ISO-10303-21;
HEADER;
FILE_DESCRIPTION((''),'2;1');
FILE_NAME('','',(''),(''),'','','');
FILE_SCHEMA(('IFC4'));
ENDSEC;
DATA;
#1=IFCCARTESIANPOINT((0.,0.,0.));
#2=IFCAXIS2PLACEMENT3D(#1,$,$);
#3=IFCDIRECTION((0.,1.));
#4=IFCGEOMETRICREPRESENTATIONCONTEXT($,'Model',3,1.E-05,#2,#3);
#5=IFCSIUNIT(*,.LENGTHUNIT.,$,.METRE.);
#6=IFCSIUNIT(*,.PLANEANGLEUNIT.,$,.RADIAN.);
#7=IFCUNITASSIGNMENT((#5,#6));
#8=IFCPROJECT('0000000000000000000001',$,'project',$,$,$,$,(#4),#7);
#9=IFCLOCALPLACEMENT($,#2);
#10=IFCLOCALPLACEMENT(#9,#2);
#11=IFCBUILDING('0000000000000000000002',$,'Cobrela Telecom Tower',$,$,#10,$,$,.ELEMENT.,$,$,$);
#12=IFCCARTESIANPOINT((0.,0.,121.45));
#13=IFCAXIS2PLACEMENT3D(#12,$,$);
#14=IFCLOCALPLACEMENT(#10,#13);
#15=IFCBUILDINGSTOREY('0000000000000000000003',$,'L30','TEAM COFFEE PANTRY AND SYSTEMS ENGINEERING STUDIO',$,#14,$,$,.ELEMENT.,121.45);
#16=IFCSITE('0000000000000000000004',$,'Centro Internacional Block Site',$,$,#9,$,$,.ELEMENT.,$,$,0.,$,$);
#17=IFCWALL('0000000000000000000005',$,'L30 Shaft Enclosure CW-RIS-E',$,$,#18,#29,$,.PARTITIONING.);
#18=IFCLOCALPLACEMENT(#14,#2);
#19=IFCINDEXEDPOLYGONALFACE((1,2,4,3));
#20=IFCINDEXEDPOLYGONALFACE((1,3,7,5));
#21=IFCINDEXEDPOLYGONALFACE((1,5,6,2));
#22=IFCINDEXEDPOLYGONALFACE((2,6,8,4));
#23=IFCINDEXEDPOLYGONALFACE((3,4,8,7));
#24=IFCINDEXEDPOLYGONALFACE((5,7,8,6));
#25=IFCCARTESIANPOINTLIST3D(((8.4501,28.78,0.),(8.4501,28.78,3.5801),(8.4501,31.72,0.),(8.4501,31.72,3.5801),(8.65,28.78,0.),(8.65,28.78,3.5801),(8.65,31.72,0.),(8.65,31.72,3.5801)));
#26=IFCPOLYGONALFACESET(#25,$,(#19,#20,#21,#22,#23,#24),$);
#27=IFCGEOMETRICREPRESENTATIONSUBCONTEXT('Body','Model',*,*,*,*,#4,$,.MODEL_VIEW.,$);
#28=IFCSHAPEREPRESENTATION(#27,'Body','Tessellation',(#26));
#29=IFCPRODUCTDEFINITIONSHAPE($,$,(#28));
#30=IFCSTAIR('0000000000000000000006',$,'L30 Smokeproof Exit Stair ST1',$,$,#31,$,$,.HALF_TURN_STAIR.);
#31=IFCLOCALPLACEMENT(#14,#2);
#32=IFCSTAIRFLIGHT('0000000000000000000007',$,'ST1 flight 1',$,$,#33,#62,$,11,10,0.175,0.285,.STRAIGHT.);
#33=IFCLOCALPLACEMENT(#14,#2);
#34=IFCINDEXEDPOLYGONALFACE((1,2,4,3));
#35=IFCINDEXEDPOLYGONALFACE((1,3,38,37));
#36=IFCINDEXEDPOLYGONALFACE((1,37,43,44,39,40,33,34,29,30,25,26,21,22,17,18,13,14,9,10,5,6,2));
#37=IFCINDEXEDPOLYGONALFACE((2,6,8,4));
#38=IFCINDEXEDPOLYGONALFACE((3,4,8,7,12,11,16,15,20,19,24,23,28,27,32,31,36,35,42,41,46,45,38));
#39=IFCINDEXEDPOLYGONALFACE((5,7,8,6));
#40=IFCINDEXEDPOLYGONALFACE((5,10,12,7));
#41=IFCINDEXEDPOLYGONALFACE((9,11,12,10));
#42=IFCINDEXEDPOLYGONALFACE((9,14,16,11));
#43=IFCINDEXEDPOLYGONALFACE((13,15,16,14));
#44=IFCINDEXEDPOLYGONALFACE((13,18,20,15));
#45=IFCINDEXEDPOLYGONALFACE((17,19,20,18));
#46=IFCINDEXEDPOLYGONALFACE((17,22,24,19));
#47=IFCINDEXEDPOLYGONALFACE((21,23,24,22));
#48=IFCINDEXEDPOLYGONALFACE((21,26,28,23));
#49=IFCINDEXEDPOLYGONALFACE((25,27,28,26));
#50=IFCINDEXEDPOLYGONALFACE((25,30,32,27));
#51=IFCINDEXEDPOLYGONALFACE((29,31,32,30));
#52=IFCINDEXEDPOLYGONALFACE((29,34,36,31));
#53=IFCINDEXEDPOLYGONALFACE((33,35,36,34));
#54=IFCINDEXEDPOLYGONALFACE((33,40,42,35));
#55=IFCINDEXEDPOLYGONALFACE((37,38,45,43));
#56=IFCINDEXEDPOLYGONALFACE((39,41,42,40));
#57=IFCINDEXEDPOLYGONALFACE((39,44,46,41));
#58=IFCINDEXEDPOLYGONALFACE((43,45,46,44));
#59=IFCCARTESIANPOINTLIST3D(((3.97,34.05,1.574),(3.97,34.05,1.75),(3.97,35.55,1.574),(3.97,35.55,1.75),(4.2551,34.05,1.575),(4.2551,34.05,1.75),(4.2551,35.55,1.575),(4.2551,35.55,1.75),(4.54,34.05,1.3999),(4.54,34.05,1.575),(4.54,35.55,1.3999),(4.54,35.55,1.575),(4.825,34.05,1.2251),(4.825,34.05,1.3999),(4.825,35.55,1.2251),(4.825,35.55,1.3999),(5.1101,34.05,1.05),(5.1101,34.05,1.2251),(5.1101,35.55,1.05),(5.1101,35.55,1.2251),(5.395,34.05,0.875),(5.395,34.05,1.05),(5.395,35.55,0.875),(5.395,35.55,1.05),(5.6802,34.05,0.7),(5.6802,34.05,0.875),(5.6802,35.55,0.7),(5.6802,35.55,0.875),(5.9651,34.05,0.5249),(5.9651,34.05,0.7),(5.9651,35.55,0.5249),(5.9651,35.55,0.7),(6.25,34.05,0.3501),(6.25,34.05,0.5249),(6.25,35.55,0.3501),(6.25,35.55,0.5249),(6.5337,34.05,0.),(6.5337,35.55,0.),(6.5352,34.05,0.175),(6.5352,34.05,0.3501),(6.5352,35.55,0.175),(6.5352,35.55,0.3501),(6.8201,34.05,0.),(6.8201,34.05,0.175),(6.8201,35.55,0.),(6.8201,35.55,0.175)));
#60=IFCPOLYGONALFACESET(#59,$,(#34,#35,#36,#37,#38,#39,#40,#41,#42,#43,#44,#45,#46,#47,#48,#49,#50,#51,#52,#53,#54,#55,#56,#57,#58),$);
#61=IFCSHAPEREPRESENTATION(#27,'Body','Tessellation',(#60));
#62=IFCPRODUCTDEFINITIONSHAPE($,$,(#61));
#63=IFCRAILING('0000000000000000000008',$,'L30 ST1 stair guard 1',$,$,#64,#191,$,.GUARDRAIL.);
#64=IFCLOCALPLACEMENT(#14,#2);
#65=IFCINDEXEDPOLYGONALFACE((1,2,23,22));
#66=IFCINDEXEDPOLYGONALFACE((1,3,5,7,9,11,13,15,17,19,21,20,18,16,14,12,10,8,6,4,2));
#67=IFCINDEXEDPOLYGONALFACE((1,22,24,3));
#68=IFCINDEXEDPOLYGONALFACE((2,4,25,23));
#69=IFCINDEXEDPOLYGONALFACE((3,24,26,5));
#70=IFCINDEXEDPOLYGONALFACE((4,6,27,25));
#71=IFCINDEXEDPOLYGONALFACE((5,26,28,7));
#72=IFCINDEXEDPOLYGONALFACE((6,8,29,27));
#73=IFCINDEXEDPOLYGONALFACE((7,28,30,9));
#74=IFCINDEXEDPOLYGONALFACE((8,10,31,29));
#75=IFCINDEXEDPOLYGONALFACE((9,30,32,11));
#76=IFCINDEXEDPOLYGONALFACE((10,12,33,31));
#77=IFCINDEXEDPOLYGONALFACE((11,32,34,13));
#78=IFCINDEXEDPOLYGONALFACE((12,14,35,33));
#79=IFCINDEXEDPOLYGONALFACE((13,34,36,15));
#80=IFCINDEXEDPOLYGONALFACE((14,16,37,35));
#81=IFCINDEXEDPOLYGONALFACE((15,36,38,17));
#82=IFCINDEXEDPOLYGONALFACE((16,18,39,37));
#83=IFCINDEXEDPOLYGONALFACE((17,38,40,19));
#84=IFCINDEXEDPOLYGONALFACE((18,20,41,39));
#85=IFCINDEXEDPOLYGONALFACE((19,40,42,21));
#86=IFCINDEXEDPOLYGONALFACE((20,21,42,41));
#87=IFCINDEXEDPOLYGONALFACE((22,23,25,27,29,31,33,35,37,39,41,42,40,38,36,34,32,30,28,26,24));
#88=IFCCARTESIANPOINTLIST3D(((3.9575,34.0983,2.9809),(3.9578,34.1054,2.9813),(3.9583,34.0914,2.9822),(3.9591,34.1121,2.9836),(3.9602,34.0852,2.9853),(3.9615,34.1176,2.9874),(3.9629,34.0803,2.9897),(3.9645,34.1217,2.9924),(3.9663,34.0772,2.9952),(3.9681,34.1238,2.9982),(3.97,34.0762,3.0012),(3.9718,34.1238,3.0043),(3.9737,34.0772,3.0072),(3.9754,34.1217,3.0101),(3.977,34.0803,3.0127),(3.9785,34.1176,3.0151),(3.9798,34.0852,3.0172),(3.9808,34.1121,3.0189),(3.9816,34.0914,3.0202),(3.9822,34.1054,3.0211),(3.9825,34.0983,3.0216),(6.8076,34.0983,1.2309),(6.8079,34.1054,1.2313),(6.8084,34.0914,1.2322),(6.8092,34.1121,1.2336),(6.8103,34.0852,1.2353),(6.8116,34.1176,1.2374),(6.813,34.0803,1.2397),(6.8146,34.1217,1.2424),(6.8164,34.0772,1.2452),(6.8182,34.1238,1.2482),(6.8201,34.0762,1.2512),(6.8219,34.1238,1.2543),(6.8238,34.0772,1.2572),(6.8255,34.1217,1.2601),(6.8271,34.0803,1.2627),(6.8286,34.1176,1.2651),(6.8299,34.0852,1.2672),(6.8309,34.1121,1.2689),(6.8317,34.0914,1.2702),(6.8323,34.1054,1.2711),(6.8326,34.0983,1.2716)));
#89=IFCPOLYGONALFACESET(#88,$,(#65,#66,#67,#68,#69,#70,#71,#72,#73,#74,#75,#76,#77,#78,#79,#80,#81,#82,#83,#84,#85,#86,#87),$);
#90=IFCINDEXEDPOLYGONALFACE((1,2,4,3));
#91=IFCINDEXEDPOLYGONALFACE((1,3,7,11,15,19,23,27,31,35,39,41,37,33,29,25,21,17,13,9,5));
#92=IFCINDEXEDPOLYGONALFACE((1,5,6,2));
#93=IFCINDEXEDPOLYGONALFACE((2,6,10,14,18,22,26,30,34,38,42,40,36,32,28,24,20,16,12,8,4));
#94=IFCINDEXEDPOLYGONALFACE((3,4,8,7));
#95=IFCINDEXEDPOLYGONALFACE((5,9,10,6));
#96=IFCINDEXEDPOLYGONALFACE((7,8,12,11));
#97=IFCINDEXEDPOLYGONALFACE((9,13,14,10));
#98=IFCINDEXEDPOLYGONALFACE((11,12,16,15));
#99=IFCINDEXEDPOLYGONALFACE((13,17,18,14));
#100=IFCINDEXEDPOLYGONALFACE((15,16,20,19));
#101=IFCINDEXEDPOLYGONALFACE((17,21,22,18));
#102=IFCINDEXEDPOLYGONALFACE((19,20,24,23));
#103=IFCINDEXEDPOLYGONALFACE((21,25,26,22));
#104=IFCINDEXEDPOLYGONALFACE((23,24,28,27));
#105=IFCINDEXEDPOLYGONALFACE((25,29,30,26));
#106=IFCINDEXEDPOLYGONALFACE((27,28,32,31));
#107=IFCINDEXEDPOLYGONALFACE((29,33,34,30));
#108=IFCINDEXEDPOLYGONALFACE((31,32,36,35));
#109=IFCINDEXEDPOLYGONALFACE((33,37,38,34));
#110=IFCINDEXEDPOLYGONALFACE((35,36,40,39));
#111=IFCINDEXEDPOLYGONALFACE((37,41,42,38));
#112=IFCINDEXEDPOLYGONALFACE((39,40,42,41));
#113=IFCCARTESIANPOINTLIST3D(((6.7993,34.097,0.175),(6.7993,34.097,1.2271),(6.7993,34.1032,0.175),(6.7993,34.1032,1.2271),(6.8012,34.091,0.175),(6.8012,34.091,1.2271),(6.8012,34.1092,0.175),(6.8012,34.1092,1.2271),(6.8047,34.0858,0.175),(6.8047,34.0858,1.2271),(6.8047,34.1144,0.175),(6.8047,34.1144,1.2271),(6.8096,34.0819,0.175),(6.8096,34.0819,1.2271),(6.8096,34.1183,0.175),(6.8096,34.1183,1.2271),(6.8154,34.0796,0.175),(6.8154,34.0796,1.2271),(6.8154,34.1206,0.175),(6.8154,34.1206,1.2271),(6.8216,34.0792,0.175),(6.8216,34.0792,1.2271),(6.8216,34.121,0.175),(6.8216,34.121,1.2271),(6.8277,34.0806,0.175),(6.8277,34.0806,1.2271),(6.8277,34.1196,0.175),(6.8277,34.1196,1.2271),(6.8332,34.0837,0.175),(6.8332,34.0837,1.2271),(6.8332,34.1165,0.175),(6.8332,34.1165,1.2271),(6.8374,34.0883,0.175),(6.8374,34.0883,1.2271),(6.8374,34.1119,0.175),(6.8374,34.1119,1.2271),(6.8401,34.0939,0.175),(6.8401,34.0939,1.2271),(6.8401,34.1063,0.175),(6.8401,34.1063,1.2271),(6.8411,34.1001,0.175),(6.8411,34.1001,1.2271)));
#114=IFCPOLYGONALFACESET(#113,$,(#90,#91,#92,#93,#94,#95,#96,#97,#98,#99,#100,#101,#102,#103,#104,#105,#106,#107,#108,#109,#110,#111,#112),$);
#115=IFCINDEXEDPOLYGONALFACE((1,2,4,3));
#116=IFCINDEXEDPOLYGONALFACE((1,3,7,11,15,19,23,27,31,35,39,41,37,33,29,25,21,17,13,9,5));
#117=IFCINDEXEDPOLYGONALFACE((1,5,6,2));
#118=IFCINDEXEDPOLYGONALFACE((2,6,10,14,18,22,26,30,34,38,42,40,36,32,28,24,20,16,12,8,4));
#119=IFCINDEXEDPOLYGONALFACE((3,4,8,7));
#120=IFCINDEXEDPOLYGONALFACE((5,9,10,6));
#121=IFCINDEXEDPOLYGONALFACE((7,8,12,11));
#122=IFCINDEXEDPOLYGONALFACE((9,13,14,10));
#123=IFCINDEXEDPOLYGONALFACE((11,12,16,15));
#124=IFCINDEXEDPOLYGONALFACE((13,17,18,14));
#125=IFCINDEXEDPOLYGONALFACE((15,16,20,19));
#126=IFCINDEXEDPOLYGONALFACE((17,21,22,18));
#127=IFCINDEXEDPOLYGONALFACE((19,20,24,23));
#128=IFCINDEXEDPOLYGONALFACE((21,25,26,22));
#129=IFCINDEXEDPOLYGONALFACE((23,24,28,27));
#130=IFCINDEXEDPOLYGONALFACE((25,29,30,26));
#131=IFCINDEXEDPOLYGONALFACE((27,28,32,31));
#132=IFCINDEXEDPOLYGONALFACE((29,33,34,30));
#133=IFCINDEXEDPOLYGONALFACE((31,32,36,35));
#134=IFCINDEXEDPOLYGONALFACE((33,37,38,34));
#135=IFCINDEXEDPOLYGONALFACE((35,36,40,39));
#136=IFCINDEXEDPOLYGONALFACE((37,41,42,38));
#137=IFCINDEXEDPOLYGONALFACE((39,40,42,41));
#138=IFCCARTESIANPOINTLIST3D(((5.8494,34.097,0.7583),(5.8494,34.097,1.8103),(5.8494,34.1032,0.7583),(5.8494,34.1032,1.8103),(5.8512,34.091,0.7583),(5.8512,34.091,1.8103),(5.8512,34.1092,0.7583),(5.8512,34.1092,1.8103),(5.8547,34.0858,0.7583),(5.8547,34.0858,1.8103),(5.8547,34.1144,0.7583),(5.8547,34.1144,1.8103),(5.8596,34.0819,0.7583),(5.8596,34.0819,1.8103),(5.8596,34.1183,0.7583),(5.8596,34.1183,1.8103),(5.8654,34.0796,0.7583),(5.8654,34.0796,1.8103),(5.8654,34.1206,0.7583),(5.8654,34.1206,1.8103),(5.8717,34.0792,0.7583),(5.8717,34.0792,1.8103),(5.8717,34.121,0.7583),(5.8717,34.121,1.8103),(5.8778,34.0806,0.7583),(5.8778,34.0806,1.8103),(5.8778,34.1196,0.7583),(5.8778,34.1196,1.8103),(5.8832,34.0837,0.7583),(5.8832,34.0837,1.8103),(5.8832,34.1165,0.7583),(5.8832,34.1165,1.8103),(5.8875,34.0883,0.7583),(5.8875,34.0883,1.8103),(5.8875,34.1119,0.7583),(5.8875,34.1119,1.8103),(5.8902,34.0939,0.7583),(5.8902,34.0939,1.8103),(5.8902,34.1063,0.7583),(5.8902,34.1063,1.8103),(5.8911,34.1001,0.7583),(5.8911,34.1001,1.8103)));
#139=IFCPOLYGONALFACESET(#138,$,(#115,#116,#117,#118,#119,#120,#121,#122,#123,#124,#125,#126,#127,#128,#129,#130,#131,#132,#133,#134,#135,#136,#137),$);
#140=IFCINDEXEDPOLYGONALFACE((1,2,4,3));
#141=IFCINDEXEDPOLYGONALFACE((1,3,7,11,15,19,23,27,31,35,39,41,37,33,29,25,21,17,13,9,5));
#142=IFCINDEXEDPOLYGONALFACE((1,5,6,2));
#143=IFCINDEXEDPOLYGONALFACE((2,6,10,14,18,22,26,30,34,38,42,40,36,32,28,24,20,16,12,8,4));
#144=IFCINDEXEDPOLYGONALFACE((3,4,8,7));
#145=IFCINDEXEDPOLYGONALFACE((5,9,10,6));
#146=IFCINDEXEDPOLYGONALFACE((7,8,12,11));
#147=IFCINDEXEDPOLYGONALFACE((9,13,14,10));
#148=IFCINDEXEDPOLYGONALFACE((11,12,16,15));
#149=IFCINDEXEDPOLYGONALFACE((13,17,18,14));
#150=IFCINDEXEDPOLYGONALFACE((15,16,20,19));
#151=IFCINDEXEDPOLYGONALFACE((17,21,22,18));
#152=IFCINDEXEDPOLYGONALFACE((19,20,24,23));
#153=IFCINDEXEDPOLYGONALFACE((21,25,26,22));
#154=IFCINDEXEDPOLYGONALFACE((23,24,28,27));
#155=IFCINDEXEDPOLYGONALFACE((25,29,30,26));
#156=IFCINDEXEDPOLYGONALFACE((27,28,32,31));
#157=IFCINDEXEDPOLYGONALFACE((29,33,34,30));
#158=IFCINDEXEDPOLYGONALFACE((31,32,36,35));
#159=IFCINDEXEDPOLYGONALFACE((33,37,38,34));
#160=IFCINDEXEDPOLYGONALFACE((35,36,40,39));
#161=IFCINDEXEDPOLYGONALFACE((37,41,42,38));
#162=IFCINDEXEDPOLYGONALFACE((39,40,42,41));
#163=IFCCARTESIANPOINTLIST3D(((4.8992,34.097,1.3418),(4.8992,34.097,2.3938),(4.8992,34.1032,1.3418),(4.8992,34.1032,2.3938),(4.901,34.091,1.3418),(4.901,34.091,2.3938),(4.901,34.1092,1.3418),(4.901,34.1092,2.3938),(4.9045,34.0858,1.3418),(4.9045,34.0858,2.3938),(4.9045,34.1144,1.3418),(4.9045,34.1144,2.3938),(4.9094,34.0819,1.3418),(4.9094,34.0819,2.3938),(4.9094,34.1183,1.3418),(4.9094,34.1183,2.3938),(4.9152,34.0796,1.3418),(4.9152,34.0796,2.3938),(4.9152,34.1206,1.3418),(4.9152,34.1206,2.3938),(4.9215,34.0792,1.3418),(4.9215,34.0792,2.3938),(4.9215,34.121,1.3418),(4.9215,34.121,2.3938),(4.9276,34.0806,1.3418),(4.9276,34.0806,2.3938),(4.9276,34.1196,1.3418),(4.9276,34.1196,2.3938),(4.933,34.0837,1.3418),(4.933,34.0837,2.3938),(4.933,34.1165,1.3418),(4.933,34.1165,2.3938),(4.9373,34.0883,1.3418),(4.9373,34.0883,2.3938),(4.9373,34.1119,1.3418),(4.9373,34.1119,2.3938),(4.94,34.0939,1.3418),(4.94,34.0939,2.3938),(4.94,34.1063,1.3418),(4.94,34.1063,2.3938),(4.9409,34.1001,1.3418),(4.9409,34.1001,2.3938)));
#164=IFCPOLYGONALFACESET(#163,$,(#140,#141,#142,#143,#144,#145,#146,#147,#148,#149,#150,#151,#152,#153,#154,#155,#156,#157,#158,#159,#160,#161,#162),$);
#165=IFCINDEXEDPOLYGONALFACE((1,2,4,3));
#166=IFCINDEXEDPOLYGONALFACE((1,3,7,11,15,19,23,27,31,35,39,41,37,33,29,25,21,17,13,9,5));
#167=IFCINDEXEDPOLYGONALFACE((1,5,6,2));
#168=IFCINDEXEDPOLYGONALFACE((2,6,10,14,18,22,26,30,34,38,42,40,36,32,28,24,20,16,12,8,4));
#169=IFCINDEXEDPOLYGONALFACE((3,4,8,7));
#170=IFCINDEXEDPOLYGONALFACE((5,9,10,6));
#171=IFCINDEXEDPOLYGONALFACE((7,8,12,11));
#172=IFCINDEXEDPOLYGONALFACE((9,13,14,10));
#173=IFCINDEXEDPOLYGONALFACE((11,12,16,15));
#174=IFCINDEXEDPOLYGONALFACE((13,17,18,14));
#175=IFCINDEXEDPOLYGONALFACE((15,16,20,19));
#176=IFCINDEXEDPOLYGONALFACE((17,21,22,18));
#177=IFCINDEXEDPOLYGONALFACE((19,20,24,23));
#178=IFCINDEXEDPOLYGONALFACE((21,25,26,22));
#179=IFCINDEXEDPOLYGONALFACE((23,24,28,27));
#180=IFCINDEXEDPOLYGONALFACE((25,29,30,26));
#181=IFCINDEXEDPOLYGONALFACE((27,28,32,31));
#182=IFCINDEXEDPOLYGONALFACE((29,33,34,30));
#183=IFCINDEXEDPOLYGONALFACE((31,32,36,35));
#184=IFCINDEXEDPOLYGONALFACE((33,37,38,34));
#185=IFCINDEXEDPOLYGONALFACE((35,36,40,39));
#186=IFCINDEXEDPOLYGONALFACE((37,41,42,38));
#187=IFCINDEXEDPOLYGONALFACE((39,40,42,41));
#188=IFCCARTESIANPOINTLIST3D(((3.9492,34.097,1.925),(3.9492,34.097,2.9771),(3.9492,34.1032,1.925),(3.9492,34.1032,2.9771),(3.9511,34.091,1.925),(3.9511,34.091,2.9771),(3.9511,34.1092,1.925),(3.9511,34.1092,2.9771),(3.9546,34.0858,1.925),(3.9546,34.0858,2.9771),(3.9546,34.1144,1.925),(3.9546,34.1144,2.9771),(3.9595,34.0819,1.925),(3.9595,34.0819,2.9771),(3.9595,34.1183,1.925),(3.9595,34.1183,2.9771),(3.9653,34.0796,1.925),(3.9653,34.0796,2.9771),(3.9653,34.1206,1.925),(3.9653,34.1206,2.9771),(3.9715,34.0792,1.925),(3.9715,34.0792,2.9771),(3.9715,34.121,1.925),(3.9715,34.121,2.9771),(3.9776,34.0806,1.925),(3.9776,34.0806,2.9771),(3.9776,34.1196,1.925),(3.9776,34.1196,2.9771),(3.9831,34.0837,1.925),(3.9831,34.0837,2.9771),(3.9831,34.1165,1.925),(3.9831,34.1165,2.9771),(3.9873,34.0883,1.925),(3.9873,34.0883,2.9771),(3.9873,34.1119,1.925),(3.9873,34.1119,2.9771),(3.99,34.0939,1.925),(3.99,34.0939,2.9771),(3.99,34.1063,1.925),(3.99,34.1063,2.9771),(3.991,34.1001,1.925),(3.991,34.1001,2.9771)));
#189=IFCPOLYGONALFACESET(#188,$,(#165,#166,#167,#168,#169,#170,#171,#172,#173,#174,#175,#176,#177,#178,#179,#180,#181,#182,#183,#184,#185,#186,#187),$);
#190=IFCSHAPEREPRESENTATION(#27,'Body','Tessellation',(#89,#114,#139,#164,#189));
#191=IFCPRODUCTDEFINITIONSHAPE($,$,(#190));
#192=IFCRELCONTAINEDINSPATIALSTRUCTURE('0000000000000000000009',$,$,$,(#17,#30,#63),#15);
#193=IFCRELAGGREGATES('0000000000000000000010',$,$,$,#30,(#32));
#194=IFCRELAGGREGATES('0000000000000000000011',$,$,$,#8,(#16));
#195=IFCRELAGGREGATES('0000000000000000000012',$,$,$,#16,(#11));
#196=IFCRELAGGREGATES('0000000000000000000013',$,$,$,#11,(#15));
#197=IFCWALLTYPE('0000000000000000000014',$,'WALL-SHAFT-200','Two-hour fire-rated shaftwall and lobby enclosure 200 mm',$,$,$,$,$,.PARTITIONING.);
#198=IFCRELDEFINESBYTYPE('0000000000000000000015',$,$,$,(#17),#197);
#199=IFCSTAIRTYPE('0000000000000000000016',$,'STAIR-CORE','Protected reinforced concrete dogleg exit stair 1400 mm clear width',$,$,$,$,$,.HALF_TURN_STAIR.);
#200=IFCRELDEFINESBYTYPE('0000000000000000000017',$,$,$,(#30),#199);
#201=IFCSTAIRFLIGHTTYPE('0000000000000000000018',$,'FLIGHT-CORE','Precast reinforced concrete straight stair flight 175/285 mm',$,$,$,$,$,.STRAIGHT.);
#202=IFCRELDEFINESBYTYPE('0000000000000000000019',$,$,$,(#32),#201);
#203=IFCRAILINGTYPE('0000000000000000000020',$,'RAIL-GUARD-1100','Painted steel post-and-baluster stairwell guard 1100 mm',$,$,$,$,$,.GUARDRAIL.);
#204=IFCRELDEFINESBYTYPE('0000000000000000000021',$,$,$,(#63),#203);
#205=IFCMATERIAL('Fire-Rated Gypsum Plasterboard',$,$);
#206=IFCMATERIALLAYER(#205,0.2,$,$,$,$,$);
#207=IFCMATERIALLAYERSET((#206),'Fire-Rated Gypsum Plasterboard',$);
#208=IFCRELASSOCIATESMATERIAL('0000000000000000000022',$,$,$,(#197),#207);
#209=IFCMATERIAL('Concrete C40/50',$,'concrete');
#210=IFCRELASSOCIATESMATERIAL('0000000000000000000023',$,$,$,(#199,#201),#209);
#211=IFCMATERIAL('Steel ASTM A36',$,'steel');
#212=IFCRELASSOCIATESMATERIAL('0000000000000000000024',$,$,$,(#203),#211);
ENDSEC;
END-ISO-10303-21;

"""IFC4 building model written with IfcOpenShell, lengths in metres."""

from ifc_helpers import new_model, si_unit, direction, frame, frame_2d, origin, origin_2d, place, context, subcontext, project, spatial, polyline, rectangle, circle, outline, extrude, material, layer, layer_set, type_object, element, aggregate, save


model = new_model("IFC4")

# Units and contexts
model_context = context("Model", 3, precision=1e-05, world=origin(), true_north=direction((0.0, 1.0)))
body_context = subcontext(model_context, "Body", "Model", "MODEL_VIEW")
ifc_project = project(units=[si_unit("LENGTHUNIT", "METRE"), si_unit("PLANEANGLEUNIT", "RADIAN")], contexts=[model_context])

# Site, building, storey
site_placement = place(None, origin())
site = spatial("IfcSite", under=ifc_project, at=site_placement, Name="Centro Internacional Block Site", CompositionType="ELEMENT", RefElevation=0.0)
building_placement = place(site_placement, origin())
building = spatial("IfcBuilding", under=site, at=building_placement, Name="Cobrela Telecom Tower", CompositionType="ELEMENT")
storey_placement = place(building_placement, frame((0.0, 0.0, 121.45)))
storey = spatial("IfcBuildingStorey", under=building, at=storey_placement, Name="L30", Description="TEAM COFFEE PANTRY AND SYSTEMS ENGINEERING STUDIO", CompositionType="ELEMENT", Elevation=121.45)

# Shared definitions
ifc_material_1 = material(Name="Concrete C40/50", Category="concrete")

# Shared definitions
ifc_material_2 = material(Name="Steel ASTM A36", Category="steel")

# Shared definitions
ifc_material_3 = material(Name="Fire-Rated Gypsum Plasterboard")

# Shared definitions
ifc_layer_1 = layer(ifc_material_3, 0.2)
ifc_layer_set_1 = layer_set([ifc_layer_1], Name="Fire-Rated Gypsum Plasterboard")
wall_type_1 = type_object("IfcWallType", Name="WALL-SHAFT-200", Description="Two-hour fire-rated shaftwall and lobby enclosure 200 mm", PredefinedType="PARTITIONING", material=ifc_layer_set_1)

# Wall
wall_1_placement = place(storey_placement, frame((8.55, 28.78, 0.0), z_axis=(0.0, 0.0, 1.0), x_axis=(0.0, 1.0, 0.0)))
element("IfcWall", 1, at=wall_1_placement, inside=storey, type_object=wall_type_1, Name="L30 Shaft Enclosure CW-RIS-E", PredefinedType="PARTITIONING", context=body_context, shape_type="SweptSolid", body=[
    extrude(rectangle(XDim=2.9399, YDim=0.2, at=frame_2d((1.47, 0.0))), origin(), (0.0, 0.0, 1.0), 3.5801),
])

# Stair, stair flight
stair_type = type_object("IfcStairType", Name="STAIR-CORE", Description="Protected reinforced concrete dogleg exit stair 1400 mm clear width", PredefinedType="HALF_TURN_STAIR", material=ifc_material_1)
stair_placement = place(storey_placement, origin())
stair = element("IfcStair", 2, at=stair_placement, inside=storey, type_object=stair_type, Name="L30 Smokeproof Exit Stair ST1", PredefinedType="HALF_TURN_STAIR")
stair_flight_type = type_object("IfcStairFlightType", Name="FLIGHT-CORE", Description="Precast reinforced concrete straight stair flight 175/285 mm", PredefinedType="STRAIGHT", material=ifc_material_1)
stair_flight_placement = place(storey_placement, frame((6.8201, 34.8, 0.0), z_axis=(0.0, 0.0, 1.0), x_axis=(-1.0, 0.0, 0.0)))
stair_flight = element("IfcStairFlight", 3, at=stair_flight_placement, type_object=stair_flight_type, Name="ST1 flight 1", NumberOfRisers=11, NumberOfTreads=10, PredefinedType="STRAIGHT", RiserHeight=0.175, TreadLength=0.285, context=body_context, shape_type="SweptSolid", body=[
    extrude(outline(polyline([(0.0, 0.0), (0.0, 0.175), (0.2849, 0.175), (0.2849, 0.3501), (0.5701, 0.3501), (0.5701, 0.5249), (0.855, 0.5249), (0.855, 0.7), (1.1399, 0.7), (1.1399, 0.875), (1.425, 0.875), (1.425, 1.05), (1.71, 1.05), (1.71, 1.2251), (1.9951, 1.2251), (1.9951, 1.3999), (2.28, 1.3999), (2.28, 1.575), (2.5649, 1.575), (2.5649, 1.75), (2.8501, 1.75), (2.8501, 1.925), (2.8501, 1.574), (0.2864, 0.0), (0.0, 0.0)])), frame((0.0, 0.75, 0.0), z_axis=(0.0, -1.0, 0.0), x_axis=(1.0, 0.0, 0.0)), (0.0, 0.0, 1.0), 1.5),
])
aggregate(stair, [stair_flight])

# Railing
railing_type_1 = type_object("IfcRailingType", Name="RAIL-GUARD-1100", Description="Painted steel post-and-baluster stairwell guard 1100 mm", PredefinedType="GUARDRAIL", material=ifc_material_2)
railing_1_placement = place(storey_placement, frame((6.8201, 34.1001, 0.175)))
element("IfcRailing", 4, at=railing_1_placement, inside=storey, type_object=railing_type_1, Name="L30 ST1 stair guard 1", PredefinedType="GUARDRAIL", context=body_context, shape_type="SweptSolid", body=[
    extrude(circle(Radius=0.0239, at=origin_2d()), frame((0.0, 0.0, 1.0762), z_axis=(-0.852179, 0.0, 0.52325), x_axis=(0.0, -1.0, 0.0)), (0.0, 0.0, 1.0), 3.3445),
    extrude(circle(Radius=0.021, at=origin_2d()), origin(), (0.0, 0.0, 1.0), 1.052),
    extrude(circle(Radius=0.021, at=origin_2d()), frame((-0.95, 0.0, 0.5833)), (0.0, 0.0, 1.0), 1.052),
    extrude(circle(Radius=0.021, at=origin_2d()), frame((-1.9001, 0.0, 1.1667)), (0.0, 0.0, 1.0), 1.052),
    extrude(circle(Radius=0.021, at=origin_2d()), frame((-2.8501, 0.0, 1.75)), (0.0, 0.0, 1.0), 1.052),
])

save(model, "model.ifc")
